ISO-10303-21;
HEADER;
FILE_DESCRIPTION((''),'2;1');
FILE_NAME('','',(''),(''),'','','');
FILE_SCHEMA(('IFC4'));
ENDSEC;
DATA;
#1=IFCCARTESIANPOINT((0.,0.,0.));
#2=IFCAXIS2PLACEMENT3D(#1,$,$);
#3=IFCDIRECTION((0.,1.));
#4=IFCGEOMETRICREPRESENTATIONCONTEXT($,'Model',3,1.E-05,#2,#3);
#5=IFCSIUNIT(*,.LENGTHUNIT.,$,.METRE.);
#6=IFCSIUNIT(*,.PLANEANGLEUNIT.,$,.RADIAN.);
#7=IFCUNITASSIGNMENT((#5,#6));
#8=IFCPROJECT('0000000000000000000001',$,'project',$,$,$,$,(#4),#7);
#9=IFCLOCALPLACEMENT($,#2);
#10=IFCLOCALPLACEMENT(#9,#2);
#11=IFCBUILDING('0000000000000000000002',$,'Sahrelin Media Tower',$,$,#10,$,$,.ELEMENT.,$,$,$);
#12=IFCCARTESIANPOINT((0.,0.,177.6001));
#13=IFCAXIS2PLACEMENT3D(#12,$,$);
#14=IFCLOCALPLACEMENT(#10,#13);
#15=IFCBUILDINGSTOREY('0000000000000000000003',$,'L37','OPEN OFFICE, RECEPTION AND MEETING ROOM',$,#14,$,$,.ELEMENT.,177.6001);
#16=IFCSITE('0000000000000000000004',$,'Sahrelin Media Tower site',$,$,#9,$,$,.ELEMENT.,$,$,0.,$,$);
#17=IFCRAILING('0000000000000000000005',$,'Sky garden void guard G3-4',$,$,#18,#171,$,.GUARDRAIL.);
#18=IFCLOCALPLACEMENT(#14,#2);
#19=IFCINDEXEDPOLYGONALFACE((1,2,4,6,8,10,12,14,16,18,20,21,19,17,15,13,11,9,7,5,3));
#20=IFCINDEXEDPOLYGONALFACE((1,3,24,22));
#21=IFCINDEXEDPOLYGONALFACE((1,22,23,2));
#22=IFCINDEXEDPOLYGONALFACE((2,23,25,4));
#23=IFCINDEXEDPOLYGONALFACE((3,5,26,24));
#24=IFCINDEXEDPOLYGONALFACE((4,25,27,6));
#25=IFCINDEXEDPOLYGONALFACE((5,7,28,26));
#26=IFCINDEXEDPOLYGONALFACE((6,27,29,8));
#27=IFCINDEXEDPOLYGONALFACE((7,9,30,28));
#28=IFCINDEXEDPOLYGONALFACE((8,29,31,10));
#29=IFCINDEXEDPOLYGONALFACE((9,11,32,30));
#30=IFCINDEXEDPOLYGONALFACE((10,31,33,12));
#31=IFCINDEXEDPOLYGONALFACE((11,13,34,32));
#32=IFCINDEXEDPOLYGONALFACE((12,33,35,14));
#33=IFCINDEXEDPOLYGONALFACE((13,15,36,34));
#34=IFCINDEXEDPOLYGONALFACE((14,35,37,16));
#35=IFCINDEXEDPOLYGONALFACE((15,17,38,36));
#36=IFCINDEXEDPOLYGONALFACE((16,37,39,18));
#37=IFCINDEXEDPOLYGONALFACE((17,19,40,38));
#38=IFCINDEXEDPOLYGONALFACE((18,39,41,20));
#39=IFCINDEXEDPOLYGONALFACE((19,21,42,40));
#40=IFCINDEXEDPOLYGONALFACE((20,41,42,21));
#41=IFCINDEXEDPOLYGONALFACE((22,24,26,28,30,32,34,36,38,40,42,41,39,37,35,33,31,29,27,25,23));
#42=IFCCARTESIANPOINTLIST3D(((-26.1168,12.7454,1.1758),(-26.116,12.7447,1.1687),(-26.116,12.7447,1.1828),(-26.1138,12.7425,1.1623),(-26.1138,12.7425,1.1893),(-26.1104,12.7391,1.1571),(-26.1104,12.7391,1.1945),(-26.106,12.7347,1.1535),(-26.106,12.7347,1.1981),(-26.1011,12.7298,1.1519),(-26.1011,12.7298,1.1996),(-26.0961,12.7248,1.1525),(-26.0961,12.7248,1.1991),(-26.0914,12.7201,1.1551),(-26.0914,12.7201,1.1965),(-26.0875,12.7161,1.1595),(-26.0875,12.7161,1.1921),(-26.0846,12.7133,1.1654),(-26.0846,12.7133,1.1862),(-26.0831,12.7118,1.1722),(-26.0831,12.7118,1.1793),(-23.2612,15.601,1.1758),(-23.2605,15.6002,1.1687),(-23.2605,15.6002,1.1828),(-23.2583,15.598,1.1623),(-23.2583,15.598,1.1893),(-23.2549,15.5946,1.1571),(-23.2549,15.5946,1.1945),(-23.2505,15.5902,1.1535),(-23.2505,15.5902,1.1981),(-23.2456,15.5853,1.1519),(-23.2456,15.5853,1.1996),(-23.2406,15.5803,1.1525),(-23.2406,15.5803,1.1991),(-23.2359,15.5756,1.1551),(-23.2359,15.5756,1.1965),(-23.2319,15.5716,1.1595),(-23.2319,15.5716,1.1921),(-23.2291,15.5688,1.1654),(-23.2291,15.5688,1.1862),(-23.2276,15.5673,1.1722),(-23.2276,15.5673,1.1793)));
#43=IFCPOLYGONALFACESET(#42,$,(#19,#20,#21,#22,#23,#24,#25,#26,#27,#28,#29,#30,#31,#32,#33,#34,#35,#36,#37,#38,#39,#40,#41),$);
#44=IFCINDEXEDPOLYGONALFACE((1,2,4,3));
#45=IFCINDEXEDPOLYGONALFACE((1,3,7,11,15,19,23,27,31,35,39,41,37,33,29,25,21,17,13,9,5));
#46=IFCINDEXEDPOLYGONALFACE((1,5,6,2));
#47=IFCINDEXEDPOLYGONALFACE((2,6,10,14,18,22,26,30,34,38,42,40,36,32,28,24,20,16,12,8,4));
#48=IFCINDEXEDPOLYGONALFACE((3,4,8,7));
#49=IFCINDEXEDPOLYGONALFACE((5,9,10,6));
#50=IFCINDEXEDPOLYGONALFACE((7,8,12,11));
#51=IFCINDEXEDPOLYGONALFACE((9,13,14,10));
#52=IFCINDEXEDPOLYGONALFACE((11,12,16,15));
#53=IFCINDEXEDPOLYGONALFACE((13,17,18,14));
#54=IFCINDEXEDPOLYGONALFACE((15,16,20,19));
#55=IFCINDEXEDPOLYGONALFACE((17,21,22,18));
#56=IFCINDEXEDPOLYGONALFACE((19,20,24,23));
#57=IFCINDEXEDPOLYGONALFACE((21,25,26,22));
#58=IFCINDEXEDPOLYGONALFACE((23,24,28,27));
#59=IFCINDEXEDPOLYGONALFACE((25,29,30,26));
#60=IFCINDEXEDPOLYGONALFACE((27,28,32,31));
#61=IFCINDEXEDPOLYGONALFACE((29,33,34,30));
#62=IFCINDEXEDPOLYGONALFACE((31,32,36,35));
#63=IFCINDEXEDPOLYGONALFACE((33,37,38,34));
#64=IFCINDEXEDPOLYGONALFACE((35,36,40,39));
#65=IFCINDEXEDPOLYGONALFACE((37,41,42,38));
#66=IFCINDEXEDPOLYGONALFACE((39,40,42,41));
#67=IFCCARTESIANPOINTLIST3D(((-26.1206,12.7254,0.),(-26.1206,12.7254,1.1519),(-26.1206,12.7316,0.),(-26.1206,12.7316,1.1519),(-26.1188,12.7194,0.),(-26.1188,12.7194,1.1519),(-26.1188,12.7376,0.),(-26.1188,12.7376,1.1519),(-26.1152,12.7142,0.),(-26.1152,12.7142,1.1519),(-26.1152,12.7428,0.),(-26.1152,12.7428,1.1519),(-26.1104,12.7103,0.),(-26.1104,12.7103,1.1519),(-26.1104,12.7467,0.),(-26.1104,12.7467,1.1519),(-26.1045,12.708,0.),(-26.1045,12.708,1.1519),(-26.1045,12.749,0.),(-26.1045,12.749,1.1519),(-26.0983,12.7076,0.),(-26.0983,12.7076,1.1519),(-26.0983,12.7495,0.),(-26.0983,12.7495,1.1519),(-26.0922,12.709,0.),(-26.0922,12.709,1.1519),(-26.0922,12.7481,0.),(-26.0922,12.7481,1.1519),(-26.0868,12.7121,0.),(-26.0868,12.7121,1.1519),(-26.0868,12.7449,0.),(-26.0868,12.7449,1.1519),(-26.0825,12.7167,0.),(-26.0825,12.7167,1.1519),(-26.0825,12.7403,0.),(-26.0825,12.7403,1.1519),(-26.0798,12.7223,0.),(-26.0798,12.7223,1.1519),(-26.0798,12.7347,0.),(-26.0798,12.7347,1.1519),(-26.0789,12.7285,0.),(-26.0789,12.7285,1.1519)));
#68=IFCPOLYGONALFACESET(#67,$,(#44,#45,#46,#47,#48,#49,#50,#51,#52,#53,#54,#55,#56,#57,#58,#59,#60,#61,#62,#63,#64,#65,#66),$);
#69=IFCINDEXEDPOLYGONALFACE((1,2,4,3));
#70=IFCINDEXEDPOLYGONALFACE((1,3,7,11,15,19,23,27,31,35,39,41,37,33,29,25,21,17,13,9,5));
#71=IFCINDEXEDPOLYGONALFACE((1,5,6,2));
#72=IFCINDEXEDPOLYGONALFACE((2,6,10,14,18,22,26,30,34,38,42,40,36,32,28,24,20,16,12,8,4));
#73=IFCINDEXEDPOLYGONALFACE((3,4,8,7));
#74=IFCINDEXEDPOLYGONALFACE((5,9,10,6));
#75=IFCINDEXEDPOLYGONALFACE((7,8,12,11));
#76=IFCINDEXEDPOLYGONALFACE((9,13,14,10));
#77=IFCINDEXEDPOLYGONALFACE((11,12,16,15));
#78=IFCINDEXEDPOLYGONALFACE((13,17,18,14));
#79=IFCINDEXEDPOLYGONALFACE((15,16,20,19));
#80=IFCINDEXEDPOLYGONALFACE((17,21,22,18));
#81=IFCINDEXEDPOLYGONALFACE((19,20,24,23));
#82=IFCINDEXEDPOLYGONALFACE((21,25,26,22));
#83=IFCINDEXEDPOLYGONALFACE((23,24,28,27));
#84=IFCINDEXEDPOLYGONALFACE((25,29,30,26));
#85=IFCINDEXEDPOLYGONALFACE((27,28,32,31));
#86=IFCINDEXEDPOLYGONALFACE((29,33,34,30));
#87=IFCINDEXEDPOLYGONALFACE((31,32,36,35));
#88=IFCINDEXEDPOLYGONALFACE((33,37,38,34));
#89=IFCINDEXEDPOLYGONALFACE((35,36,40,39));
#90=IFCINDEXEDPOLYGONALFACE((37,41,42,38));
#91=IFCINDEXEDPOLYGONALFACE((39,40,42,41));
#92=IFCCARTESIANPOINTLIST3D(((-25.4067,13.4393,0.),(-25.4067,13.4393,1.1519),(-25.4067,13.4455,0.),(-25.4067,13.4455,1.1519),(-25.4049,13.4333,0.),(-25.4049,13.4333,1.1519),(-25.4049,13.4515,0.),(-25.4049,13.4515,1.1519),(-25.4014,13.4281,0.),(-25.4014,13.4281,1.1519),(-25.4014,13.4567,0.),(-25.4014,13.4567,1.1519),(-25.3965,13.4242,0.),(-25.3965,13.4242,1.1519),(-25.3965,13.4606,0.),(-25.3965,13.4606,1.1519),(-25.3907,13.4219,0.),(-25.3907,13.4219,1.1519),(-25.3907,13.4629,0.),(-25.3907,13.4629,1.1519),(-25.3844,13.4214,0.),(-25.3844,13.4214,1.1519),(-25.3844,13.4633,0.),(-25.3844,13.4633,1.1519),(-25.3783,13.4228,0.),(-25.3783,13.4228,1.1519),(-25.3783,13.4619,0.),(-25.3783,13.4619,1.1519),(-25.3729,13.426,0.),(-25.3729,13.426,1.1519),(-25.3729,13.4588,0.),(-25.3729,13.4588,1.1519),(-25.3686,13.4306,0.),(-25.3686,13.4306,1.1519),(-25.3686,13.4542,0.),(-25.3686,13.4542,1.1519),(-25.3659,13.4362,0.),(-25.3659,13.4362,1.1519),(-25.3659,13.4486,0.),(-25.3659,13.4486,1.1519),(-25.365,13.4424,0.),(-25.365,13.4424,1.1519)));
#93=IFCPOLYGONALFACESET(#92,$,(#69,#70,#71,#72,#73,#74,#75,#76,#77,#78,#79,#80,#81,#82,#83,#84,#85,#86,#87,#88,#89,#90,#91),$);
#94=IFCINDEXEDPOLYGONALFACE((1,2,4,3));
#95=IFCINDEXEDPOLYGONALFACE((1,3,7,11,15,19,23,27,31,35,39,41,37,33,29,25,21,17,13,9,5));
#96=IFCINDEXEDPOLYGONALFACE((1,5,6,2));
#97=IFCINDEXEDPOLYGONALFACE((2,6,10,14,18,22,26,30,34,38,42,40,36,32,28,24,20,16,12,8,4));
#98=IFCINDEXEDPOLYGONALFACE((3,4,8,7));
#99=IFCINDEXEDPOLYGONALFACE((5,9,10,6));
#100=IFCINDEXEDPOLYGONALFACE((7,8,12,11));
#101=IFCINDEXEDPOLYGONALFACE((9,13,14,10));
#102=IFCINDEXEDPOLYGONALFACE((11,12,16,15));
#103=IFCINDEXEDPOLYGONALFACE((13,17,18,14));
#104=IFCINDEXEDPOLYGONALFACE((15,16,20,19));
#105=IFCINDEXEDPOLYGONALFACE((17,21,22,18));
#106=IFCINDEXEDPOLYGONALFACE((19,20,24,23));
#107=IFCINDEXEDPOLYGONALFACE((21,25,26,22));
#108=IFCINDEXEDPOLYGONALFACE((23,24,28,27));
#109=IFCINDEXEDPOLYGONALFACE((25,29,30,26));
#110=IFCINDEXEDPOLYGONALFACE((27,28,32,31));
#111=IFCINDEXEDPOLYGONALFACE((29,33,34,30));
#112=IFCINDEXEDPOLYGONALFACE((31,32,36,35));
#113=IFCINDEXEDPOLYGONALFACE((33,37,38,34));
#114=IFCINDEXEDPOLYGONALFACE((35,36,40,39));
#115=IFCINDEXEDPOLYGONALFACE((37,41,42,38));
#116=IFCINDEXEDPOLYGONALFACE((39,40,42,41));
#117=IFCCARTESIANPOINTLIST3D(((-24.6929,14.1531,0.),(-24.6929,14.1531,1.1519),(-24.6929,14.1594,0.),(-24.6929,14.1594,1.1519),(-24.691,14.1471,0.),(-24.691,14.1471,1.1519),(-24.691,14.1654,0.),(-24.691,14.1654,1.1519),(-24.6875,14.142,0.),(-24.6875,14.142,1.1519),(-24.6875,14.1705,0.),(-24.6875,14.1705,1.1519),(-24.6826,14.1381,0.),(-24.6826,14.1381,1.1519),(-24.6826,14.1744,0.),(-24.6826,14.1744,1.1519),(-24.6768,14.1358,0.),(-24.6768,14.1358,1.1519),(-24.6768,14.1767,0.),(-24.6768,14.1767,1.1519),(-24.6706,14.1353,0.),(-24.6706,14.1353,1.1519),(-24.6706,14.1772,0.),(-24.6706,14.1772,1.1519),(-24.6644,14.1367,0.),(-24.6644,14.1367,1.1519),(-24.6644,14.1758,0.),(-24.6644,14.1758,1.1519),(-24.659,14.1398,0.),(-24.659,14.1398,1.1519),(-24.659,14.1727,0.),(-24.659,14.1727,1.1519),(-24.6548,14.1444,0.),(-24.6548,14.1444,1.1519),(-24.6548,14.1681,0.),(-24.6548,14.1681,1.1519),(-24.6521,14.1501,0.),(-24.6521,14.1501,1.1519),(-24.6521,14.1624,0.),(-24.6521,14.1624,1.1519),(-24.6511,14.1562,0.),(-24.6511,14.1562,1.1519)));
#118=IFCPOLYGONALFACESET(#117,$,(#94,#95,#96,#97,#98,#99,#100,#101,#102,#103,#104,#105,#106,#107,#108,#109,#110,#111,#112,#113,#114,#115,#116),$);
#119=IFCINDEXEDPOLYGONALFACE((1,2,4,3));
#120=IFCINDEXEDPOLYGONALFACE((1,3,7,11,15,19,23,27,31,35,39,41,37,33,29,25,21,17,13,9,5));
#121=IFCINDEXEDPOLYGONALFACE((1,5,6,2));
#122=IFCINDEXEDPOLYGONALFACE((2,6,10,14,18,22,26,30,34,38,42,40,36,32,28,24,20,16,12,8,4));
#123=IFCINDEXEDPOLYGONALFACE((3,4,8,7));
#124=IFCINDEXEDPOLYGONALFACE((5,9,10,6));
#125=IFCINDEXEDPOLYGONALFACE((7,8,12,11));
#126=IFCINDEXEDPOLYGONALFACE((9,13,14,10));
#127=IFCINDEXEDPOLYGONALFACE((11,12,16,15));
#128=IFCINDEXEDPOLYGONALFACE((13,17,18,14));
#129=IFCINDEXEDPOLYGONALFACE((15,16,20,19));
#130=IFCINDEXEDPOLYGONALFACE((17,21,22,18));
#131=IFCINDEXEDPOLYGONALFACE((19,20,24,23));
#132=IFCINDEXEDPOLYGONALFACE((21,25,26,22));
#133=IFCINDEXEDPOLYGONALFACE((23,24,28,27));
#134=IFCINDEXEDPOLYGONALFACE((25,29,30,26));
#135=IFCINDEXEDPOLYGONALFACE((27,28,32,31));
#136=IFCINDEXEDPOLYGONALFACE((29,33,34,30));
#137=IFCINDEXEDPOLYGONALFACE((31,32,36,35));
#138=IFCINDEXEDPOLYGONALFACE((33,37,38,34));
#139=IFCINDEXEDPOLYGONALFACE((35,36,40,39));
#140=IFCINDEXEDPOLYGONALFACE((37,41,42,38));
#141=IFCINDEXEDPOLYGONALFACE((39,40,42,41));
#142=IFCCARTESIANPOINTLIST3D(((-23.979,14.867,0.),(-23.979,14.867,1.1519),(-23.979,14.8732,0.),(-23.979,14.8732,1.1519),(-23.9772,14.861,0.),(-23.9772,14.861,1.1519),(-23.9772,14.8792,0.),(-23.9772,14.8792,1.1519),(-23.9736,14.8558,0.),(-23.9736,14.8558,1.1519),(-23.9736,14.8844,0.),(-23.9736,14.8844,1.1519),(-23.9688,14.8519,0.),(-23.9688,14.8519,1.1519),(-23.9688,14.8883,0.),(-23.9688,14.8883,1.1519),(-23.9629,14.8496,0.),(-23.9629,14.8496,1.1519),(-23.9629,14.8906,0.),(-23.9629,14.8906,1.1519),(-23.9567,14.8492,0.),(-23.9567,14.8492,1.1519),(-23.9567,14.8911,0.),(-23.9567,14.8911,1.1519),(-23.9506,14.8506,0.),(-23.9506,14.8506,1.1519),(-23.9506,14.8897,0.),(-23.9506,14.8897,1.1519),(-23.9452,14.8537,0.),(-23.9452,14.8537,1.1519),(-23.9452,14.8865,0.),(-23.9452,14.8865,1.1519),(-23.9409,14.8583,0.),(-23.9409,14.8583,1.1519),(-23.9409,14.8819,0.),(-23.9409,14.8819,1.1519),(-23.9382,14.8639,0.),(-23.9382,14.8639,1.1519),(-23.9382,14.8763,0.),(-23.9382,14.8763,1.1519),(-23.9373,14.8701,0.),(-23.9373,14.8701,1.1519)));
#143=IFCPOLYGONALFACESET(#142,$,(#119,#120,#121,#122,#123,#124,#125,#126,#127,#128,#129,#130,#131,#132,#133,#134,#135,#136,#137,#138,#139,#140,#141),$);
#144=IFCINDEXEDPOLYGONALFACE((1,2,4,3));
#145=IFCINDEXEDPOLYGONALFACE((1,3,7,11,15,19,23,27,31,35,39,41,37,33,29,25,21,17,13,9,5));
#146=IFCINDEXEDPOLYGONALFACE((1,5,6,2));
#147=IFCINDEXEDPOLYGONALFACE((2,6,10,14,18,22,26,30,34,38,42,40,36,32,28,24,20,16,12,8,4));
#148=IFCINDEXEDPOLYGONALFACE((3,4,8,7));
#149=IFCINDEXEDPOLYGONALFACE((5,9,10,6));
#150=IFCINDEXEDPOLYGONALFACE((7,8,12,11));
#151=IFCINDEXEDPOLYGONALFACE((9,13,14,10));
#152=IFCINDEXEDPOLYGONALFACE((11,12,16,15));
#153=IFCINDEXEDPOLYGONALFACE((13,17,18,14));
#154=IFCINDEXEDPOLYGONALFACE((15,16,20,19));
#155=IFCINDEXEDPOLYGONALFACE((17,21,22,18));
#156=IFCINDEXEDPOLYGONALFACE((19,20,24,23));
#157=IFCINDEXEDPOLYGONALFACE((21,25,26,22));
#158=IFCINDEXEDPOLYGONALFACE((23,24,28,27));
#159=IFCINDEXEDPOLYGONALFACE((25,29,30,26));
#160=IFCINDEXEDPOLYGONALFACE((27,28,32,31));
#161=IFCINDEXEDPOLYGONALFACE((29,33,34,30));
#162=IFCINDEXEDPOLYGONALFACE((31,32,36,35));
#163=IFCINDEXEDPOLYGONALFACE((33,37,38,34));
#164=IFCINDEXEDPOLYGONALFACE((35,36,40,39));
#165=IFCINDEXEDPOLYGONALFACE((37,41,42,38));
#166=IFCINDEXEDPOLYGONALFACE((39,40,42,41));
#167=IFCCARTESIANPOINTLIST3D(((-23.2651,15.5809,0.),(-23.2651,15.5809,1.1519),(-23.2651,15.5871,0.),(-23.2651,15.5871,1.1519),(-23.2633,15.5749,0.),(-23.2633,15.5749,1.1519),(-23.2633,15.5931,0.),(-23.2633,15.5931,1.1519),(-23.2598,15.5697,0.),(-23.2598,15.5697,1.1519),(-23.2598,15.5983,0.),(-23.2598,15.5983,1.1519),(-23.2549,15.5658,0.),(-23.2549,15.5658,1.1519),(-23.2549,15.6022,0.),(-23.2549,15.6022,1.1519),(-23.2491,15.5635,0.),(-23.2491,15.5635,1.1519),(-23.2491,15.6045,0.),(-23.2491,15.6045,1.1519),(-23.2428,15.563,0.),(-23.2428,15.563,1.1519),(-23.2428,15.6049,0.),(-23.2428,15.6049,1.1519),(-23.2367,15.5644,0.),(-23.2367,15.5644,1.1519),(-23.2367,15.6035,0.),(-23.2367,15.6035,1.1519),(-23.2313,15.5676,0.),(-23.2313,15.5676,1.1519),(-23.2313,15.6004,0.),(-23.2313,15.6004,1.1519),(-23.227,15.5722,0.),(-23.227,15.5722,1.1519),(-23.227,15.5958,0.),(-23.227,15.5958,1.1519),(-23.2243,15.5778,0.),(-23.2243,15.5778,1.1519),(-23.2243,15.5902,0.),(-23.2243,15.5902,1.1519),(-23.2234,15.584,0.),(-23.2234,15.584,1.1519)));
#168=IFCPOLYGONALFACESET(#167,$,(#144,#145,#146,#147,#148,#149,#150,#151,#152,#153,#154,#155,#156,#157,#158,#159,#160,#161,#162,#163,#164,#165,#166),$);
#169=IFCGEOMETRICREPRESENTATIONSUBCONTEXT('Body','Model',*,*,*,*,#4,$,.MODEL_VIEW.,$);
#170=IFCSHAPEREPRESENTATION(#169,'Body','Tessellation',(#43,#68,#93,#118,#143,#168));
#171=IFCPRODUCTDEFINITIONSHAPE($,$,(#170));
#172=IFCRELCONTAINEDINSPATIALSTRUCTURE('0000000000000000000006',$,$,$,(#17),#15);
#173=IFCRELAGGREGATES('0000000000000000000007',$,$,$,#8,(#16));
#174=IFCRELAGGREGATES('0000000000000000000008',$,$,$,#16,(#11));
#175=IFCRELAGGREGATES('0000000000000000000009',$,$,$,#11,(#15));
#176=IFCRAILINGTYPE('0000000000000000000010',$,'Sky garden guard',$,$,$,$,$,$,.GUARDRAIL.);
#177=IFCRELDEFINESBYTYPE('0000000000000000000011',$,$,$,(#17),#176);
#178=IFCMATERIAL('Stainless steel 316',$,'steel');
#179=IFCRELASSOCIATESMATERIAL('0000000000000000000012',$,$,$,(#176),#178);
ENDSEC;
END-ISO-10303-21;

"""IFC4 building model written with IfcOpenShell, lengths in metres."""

from ifc_helpers import new_model, si_unit, direction, frame, origin, origin_2d, place, context, subcontext, project, spatial, circle, extrude, material, type_object, element, save


model = new_model("IFC4")

# Units and contexts
model_context = context("Model", 3, precision=1e-05, world=origin(), true_north=direction((0.0, 1.0)))
body_context = subcontext(model_context, "Body", "Model", "MODEL_VIEW")
ifc_project = project(units=[si_unit("LENGTHUNIT", "METRE"), si_unit("PLANEANGLEUNIT", "RADIAN")], contexts=[model_context])

# Site, building, storey
site_placement = place(None, origin())
site = spatial("IfcSite", under=ifc_project, at=site_placement, Name="Sahrelin Media Tower site", CompositionType="ELEMENT", RefElevation=0.0)
building_placement = place(site_placement, origin())
building = spatial("IfcBuilding", under=site, at=building_placement, Name="Sahrelin Media Tower", CompositionType="ELEMENT")
storey_placement = place(building_placement, frame((0.0, 0.0, 177.6001)))
storey = spatial("IfcBuildingStorey", under=building, at=storey_placement, Name="L37", Description="OPEN OFFICE, RECEPTION AND MEETING ROOM", CompositionType="ELEMENT", Elevation=177.6001)

# Railing
ifc_material_1 = material(Name="Stainless steel 316", Category="steel")
railing_type = type_object("IfcRailingType", Name="Sky garden guard", PredefinedType="GUARDRAIL", material=ifc_material_1)
railing_1_placement = place(storey_placement, frame((-26.0999, 12.7285, 0.0)))
element("IfcRailing", 1, at=railing_1_placement, inside=storey, type_object=railing_type, Name="Sky garden void guard G3-4", PredefinedType="GUARDRAIL", context=body_context, shape_type="SweptSolid", body=[
    extrude(circle(Radius=0.0239, at=origin_2d()), frame((0.0, 0.0, 1.1758), z_axis=(0.707107, 0.707107, 0.0), x_axis=(-0.707107, 0.707107, 0.0)), (0.0, 0.0, 1.0), 4.0383),
    extrude(circle(Radius=0.021, at=origin_2d()), origin(), (0.0, 0.0, 1.0), 1.1519),
    extrude(circle(Radius=0.021, at=origin_2d()), frame((0.7139, 0.7139, 0.0)), (0.0, 0.0, 1.0), 1.1519),
    extrude(circle(Radius=0.021, at=origin_2d()), frame((1.4277, 1.4277, 0.0)), (0.0, 0.0, 1.0), 1.1519),
    extrude(circle(Radius=0.021, at=origin_2d()), frame((2.1416, 2.1416, 0.0)), (0.0, 0.0, 1.0), 1.1519),
    extrude(circle(Radius=0.021, at=origin_2d()), frame((2.8555, 2.8555, 0.0)), (0.0, 0.0, 1.0), 1.1519),
])

save(model, "model.ifc")
